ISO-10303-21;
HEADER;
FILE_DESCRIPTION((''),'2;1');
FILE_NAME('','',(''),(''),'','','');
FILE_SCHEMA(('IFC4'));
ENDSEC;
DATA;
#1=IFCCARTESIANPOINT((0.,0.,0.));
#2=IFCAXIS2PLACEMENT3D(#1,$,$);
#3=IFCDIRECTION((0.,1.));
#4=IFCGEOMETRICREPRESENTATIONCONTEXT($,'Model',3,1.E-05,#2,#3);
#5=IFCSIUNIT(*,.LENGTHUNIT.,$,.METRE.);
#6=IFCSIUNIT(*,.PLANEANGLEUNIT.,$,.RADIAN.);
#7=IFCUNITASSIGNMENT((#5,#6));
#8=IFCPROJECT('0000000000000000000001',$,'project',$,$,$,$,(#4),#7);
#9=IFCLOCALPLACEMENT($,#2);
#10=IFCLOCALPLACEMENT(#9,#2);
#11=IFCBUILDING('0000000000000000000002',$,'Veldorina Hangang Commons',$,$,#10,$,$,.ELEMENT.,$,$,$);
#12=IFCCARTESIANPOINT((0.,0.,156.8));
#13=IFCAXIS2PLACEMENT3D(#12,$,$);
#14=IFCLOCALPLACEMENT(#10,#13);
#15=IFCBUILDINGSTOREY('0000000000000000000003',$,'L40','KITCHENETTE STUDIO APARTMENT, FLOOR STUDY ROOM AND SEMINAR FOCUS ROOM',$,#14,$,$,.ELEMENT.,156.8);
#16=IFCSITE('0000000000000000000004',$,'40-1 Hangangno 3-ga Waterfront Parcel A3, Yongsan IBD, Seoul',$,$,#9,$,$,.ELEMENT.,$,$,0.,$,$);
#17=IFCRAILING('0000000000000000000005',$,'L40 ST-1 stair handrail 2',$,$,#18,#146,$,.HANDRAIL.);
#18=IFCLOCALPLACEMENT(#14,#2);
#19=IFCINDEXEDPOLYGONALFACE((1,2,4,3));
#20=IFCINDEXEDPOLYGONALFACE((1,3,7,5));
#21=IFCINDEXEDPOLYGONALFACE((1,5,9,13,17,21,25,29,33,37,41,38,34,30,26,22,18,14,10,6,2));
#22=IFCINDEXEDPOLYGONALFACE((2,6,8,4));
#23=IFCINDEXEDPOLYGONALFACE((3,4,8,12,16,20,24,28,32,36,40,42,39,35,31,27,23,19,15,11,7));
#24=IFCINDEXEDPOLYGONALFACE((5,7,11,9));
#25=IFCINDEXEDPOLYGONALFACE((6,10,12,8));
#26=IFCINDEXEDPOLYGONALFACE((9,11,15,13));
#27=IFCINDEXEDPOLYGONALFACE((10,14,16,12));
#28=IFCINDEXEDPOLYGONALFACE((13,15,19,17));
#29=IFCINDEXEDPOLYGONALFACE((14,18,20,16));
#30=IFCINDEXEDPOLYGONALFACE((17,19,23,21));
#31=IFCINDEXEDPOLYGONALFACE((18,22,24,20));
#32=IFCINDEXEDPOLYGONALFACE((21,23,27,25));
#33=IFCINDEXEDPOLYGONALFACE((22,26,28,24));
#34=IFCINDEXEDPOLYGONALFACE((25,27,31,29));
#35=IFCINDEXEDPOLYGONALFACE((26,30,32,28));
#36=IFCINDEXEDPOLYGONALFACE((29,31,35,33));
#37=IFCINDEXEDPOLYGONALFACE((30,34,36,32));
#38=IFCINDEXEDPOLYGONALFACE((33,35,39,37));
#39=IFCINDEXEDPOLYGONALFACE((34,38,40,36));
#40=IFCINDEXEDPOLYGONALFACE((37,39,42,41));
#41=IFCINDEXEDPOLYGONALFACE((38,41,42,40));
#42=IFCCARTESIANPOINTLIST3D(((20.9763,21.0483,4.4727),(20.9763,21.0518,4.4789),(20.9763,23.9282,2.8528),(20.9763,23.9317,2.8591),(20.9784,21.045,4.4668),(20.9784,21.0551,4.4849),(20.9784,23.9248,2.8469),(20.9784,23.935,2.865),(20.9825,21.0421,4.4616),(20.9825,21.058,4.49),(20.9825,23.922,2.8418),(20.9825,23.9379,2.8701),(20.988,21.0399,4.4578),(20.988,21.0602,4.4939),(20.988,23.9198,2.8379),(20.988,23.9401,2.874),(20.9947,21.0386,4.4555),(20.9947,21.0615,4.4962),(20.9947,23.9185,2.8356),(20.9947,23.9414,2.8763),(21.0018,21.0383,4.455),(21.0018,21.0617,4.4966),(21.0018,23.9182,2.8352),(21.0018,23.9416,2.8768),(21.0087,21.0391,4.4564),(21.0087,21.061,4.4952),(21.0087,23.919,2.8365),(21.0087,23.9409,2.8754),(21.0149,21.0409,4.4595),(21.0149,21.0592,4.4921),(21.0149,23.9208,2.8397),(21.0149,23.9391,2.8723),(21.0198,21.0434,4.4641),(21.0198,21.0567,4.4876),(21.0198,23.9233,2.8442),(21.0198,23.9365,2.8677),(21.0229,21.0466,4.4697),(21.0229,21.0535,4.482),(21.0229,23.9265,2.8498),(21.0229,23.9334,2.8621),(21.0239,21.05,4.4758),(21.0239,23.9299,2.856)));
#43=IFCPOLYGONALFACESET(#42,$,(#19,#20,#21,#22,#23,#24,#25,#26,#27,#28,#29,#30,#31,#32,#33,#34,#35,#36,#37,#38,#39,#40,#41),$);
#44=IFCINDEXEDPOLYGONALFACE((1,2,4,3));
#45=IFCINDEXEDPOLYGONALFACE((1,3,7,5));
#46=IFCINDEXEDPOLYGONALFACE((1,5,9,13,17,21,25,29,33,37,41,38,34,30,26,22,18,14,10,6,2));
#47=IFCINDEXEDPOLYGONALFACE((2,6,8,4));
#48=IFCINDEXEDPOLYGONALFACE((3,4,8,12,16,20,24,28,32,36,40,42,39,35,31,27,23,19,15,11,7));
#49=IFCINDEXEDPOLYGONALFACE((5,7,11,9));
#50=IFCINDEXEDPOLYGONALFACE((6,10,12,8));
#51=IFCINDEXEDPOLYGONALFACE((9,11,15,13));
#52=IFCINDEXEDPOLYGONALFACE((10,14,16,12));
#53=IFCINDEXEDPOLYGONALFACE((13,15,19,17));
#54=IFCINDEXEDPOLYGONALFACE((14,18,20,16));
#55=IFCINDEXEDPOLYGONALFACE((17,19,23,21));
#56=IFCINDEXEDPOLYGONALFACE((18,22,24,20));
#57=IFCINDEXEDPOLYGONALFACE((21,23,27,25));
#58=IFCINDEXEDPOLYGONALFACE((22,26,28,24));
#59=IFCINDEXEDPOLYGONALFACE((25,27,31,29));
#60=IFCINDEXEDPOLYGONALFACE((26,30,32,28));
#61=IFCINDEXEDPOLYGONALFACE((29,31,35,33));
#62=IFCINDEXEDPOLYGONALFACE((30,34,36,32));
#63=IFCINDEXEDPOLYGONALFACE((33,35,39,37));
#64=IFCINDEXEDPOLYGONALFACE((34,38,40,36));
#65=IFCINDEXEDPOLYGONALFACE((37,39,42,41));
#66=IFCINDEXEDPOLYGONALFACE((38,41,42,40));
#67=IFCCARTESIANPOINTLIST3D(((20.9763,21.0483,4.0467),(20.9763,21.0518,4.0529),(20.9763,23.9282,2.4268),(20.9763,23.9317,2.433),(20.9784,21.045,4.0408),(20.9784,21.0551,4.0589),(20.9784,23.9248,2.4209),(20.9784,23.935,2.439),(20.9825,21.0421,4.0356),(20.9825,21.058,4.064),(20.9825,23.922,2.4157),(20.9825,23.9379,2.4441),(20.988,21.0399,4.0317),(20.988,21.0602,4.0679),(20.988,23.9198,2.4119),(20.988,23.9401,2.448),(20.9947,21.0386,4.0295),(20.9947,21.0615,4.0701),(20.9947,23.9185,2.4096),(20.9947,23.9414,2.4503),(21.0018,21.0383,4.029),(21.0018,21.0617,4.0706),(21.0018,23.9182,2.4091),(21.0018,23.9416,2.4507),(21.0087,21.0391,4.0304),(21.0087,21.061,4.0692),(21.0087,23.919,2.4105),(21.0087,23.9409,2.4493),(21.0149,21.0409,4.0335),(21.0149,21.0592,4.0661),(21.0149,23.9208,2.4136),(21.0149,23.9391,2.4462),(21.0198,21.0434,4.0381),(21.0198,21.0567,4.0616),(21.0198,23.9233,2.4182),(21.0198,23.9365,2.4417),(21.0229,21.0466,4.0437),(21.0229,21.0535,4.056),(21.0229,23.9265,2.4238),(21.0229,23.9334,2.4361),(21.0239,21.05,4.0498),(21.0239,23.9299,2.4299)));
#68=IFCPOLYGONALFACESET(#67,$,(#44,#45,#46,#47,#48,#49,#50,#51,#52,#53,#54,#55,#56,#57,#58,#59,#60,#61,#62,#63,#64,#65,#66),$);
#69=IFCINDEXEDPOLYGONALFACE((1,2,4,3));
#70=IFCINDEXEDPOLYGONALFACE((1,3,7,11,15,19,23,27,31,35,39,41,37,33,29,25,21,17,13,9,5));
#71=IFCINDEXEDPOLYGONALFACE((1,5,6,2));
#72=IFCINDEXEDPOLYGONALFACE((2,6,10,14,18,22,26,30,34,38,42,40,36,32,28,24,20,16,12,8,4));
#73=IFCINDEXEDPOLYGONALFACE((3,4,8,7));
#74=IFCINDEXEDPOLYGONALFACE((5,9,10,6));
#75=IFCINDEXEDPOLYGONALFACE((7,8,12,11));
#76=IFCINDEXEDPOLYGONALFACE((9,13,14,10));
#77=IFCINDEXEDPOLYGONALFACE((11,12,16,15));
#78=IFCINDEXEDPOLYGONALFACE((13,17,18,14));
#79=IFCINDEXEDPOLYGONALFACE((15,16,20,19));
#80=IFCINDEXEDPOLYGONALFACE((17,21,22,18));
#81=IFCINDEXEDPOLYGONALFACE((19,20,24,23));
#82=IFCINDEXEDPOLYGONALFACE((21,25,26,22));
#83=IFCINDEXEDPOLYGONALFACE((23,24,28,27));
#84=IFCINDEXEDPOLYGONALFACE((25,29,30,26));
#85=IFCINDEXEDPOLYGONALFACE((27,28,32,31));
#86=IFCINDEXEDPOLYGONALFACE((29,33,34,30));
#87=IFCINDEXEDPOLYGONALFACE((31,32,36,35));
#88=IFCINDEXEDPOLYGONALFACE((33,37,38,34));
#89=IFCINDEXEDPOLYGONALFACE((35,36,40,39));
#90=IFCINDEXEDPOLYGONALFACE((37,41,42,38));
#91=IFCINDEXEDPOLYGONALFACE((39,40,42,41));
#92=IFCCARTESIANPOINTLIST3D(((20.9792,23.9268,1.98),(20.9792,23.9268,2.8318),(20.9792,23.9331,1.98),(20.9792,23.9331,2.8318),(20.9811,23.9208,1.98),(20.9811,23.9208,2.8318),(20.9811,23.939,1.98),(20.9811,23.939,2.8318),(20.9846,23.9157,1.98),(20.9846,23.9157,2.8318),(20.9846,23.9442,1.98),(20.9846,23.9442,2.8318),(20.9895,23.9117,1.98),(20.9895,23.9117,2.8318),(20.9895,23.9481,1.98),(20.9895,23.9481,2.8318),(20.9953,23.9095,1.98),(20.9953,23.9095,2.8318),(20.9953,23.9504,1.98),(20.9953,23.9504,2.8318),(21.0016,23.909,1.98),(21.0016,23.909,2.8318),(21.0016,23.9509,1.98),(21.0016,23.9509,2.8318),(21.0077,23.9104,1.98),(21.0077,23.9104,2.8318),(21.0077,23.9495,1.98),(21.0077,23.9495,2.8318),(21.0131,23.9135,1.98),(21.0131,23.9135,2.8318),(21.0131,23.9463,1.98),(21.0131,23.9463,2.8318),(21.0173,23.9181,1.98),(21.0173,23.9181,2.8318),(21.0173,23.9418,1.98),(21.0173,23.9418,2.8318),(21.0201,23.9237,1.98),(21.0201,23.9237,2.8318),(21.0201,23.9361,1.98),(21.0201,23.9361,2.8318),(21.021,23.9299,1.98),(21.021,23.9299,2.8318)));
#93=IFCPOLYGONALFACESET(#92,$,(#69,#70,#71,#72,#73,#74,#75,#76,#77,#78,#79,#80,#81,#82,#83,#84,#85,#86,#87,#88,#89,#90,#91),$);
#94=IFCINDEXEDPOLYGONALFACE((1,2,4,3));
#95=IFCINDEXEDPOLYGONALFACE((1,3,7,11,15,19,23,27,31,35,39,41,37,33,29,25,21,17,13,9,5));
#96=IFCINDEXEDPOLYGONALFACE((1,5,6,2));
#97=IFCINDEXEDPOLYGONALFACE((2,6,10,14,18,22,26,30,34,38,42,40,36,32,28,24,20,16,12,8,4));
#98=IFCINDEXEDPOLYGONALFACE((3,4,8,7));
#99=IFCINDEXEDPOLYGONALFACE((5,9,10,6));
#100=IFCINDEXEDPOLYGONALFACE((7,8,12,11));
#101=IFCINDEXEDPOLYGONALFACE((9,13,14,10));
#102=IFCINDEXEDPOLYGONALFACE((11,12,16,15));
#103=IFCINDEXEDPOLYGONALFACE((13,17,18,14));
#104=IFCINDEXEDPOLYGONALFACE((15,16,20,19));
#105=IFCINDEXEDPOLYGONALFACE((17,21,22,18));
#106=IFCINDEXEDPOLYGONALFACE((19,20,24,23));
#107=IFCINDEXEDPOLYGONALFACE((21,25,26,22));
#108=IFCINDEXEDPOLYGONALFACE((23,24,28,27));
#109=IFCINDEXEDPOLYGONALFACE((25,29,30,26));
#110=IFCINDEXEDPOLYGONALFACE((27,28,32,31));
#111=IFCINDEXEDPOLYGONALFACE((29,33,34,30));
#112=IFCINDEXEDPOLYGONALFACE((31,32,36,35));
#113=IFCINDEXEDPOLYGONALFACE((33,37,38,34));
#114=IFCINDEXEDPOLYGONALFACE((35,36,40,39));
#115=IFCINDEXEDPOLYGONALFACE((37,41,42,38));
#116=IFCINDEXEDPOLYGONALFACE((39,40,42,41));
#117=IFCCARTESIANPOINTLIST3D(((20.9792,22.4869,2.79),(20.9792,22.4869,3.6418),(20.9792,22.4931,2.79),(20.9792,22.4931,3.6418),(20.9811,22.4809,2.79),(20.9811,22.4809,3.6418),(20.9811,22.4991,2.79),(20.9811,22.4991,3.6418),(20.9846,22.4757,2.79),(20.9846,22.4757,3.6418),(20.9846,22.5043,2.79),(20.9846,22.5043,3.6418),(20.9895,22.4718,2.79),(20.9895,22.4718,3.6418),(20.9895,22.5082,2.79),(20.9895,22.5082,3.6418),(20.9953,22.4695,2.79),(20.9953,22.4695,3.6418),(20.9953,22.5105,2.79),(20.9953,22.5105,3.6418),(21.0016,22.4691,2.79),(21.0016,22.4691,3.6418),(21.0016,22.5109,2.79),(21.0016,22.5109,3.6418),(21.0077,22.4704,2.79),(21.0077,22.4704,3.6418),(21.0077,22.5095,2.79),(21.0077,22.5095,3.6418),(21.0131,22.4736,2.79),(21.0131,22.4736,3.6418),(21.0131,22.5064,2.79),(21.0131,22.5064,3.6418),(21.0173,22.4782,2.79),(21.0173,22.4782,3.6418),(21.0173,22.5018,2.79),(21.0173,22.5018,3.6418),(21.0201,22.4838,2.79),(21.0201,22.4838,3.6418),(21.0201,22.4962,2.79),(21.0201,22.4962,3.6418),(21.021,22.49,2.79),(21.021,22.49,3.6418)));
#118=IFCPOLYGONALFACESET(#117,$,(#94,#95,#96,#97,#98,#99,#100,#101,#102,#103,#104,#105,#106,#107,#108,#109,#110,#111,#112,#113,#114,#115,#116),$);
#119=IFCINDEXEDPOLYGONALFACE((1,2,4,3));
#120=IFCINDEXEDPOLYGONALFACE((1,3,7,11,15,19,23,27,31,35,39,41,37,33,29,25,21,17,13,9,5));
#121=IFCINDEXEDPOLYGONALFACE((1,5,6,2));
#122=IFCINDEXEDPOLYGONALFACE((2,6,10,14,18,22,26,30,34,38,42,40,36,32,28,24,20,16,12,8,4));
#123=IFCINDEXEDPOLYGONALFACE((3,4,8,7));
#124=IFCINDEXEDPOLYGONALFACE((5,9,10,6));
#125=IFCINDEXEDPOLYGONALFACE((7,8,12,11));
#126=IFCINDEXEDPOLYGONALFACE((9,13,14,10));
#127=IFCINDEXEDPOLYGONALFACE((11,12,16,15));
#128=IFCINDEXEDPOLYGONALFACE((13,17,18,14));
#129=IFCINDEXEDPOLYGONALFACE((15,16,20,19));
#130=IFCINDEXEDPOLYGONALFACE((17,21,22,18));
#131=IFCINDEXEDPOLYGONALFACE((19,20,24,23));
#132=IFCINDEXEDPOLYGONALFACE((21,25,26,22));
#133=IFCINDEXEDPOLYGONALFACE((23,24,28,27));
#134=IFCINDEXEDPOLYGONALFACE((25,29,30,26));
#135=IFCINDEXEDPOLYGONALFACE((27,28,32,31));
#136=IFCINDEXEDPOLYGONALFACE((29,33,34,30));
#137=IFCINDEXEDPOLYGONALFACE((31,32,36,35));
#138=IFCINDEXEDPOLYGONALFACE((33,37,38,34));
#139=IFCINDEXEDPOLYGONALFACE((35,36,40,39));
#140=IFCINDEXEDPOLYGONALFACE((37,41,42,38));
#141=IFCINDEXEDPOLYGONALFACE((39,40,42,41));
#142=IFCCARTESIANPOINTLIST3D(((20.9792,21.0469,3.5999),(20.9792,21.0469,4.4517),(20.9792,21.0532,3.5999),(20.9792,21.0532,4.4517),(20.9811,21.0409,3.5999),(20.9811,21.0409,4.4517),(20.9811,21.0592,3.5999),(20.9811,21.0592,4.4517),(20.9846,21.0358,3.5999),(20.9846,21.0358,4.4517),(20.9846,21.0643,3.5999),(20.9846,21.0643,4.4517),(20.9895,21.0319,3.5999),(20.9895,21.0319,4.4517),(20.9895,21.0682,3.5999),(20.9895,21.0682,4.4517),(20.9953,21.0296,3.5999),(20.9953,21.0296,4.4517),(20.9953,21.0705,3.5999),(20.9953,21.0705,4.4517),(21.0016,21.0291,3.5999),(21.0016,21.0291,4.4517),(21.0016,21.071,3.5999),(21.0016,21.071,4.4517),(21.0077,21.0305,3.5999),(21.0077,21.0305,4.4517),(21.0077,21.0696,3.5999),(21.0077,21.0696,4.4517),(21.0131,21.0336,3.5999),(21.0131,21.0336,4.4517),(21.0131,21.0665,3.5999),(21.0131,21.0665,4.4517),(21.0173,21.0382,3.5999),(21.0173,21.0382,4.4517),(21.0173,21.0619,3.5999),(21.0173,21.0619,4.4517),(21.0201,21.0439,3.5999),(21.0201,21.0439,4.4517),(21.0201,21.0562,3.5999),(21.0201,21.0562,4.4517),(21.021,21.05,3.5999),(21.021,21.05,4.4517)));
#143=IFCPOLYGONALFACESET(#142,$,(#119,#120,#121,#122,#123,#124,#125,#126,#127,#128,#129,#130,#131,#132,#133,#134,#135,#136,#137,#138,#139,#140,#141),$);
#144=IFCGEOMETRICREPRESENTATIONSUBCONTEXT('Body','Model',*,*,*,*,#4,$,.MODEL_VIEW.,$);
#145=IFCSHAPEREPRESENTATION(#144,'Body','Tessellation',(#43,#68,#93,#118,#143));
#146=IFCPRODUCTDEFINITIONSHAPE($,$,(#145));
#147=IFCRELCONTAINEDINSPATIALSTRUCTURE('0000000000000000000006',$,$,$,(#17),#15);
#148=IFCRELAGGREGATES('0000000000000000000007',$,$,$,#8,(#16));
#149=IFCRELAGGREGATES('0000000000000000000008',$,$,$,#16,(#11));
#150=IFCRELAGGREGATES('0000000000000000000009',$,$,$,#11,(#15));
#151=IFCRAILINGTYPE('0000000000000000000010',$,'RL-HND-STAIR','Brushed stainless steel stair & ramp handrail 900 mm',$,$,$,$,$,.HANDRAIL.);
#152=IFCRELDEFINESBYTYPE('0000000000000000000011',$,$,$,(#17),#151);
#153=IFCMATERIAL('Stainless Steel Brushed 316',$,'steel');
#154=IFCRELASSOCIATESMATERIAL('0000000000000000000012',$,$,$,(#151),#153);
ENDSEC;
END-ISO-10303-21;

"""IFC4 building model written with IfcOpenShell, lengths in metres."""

from ifc_helpers import new_model, si_unit, direction, frame, origin, origin_2d, place, context, subcontext, project, spatial, circle, extrude, material, type_object, element, save


model = new_model("IFC4")

# Units and contexts
model_context = context("Model", 3, precision=1e-05, world=origin(), true_north=direction((0.0, 1.0)))
body_context = subcontext(model_context, "Body", "Model", "MODEL_VIEW")
ifc_project = project(units=[si_unit("LENGTHUNIT", "METRE"), si_unit("PLANEANGLEUNIT", "RADIAN")], contexts=[model_context])

# Site, building, storey
site_placement = place(None, origin())
site = spatial("IfcSite", under=ifc_project, at=site_placement, Name="40-1 Hangangno 3-ga Waterfront Parcel A3, Yongsan IBD, Seoul", CompositionType="ELEMENT", RefElevation=0.0)
building_placement = place(site_placement, origin())
building = spatial("IfcBuilding", under=site, at=building_placement, Name="Veldorina Hangang Commons", CompositionType="ELEMENT")
storey_placement = place(building_placement, frame((0.0, 0.0, 156.8)))
storey = spatial("IfcBuildingStorey", under=building, at=storey_placement, Name="L40", Description="KITCHENETTE STUDIO APARTMENT, FLOOR STUDY ROOM AND SEMINAR FOCUS ROOM", CompositionType="ELEMENT", Elevation=156.8)

# Railing
ifc_material_1 = material(Name="Stainless Steel Brushed 316", Category="steel")
railing_type = type_object("IfcRailingType", Name="RL-HND-STAIR", Description="Brushed stainless steel stair & ramp handrail 900 mm", PredefinedType="HANDRAIL", material=ifc_material_1)
railing_placement = place(storey_placement, frame((21.0, 23.9299, 1.98)))
element("IfcRailing", 1, at=railing_placement, inside=storey, type_object=railing_type, Name="L40 ST-1 stair handrail 2", PredefinedType="HANDRAIL", context=body_context, shape_type="SweptSolid", body=[
    extrude(circle(Radius=0.0239, at=origin_2d()), frame((0.0, 0.0, 0.876), z_axis=(0.0, -0.871583, 0.490247), x_axis=(1.0, 0.0, 0.0)), (0.0, 0.0, 1.0), 3.3042),
    extrude(circle(Radius=0.0239, at=origin_2d()), frame((0.0, 0.0, 0.45), z_axis=(0.0, -0.871583, 0.490247), x_axis=(1.0, 0.0, 0.0)), (0.0, 0.0, 1.0), 3.3042),
    extrude(circle(Radius=0.021, at=origin_2d()), origin(), (0.0, 0.0, 1.0), 0.8518),
    extrude(circle(Radius=0.021, at=origin_2d()), frame((0.0, -1.4399, 0.8101)), (0.0, 0.0, 1.0), 0.8518),
    extrude(circle(Radius=0.021, at=origin_2d()), frame((0.0, -2.8799, 1.6199)), (0.0, 0.0, 1.0), 0.8518),
])

save(model, "model.ifc")
